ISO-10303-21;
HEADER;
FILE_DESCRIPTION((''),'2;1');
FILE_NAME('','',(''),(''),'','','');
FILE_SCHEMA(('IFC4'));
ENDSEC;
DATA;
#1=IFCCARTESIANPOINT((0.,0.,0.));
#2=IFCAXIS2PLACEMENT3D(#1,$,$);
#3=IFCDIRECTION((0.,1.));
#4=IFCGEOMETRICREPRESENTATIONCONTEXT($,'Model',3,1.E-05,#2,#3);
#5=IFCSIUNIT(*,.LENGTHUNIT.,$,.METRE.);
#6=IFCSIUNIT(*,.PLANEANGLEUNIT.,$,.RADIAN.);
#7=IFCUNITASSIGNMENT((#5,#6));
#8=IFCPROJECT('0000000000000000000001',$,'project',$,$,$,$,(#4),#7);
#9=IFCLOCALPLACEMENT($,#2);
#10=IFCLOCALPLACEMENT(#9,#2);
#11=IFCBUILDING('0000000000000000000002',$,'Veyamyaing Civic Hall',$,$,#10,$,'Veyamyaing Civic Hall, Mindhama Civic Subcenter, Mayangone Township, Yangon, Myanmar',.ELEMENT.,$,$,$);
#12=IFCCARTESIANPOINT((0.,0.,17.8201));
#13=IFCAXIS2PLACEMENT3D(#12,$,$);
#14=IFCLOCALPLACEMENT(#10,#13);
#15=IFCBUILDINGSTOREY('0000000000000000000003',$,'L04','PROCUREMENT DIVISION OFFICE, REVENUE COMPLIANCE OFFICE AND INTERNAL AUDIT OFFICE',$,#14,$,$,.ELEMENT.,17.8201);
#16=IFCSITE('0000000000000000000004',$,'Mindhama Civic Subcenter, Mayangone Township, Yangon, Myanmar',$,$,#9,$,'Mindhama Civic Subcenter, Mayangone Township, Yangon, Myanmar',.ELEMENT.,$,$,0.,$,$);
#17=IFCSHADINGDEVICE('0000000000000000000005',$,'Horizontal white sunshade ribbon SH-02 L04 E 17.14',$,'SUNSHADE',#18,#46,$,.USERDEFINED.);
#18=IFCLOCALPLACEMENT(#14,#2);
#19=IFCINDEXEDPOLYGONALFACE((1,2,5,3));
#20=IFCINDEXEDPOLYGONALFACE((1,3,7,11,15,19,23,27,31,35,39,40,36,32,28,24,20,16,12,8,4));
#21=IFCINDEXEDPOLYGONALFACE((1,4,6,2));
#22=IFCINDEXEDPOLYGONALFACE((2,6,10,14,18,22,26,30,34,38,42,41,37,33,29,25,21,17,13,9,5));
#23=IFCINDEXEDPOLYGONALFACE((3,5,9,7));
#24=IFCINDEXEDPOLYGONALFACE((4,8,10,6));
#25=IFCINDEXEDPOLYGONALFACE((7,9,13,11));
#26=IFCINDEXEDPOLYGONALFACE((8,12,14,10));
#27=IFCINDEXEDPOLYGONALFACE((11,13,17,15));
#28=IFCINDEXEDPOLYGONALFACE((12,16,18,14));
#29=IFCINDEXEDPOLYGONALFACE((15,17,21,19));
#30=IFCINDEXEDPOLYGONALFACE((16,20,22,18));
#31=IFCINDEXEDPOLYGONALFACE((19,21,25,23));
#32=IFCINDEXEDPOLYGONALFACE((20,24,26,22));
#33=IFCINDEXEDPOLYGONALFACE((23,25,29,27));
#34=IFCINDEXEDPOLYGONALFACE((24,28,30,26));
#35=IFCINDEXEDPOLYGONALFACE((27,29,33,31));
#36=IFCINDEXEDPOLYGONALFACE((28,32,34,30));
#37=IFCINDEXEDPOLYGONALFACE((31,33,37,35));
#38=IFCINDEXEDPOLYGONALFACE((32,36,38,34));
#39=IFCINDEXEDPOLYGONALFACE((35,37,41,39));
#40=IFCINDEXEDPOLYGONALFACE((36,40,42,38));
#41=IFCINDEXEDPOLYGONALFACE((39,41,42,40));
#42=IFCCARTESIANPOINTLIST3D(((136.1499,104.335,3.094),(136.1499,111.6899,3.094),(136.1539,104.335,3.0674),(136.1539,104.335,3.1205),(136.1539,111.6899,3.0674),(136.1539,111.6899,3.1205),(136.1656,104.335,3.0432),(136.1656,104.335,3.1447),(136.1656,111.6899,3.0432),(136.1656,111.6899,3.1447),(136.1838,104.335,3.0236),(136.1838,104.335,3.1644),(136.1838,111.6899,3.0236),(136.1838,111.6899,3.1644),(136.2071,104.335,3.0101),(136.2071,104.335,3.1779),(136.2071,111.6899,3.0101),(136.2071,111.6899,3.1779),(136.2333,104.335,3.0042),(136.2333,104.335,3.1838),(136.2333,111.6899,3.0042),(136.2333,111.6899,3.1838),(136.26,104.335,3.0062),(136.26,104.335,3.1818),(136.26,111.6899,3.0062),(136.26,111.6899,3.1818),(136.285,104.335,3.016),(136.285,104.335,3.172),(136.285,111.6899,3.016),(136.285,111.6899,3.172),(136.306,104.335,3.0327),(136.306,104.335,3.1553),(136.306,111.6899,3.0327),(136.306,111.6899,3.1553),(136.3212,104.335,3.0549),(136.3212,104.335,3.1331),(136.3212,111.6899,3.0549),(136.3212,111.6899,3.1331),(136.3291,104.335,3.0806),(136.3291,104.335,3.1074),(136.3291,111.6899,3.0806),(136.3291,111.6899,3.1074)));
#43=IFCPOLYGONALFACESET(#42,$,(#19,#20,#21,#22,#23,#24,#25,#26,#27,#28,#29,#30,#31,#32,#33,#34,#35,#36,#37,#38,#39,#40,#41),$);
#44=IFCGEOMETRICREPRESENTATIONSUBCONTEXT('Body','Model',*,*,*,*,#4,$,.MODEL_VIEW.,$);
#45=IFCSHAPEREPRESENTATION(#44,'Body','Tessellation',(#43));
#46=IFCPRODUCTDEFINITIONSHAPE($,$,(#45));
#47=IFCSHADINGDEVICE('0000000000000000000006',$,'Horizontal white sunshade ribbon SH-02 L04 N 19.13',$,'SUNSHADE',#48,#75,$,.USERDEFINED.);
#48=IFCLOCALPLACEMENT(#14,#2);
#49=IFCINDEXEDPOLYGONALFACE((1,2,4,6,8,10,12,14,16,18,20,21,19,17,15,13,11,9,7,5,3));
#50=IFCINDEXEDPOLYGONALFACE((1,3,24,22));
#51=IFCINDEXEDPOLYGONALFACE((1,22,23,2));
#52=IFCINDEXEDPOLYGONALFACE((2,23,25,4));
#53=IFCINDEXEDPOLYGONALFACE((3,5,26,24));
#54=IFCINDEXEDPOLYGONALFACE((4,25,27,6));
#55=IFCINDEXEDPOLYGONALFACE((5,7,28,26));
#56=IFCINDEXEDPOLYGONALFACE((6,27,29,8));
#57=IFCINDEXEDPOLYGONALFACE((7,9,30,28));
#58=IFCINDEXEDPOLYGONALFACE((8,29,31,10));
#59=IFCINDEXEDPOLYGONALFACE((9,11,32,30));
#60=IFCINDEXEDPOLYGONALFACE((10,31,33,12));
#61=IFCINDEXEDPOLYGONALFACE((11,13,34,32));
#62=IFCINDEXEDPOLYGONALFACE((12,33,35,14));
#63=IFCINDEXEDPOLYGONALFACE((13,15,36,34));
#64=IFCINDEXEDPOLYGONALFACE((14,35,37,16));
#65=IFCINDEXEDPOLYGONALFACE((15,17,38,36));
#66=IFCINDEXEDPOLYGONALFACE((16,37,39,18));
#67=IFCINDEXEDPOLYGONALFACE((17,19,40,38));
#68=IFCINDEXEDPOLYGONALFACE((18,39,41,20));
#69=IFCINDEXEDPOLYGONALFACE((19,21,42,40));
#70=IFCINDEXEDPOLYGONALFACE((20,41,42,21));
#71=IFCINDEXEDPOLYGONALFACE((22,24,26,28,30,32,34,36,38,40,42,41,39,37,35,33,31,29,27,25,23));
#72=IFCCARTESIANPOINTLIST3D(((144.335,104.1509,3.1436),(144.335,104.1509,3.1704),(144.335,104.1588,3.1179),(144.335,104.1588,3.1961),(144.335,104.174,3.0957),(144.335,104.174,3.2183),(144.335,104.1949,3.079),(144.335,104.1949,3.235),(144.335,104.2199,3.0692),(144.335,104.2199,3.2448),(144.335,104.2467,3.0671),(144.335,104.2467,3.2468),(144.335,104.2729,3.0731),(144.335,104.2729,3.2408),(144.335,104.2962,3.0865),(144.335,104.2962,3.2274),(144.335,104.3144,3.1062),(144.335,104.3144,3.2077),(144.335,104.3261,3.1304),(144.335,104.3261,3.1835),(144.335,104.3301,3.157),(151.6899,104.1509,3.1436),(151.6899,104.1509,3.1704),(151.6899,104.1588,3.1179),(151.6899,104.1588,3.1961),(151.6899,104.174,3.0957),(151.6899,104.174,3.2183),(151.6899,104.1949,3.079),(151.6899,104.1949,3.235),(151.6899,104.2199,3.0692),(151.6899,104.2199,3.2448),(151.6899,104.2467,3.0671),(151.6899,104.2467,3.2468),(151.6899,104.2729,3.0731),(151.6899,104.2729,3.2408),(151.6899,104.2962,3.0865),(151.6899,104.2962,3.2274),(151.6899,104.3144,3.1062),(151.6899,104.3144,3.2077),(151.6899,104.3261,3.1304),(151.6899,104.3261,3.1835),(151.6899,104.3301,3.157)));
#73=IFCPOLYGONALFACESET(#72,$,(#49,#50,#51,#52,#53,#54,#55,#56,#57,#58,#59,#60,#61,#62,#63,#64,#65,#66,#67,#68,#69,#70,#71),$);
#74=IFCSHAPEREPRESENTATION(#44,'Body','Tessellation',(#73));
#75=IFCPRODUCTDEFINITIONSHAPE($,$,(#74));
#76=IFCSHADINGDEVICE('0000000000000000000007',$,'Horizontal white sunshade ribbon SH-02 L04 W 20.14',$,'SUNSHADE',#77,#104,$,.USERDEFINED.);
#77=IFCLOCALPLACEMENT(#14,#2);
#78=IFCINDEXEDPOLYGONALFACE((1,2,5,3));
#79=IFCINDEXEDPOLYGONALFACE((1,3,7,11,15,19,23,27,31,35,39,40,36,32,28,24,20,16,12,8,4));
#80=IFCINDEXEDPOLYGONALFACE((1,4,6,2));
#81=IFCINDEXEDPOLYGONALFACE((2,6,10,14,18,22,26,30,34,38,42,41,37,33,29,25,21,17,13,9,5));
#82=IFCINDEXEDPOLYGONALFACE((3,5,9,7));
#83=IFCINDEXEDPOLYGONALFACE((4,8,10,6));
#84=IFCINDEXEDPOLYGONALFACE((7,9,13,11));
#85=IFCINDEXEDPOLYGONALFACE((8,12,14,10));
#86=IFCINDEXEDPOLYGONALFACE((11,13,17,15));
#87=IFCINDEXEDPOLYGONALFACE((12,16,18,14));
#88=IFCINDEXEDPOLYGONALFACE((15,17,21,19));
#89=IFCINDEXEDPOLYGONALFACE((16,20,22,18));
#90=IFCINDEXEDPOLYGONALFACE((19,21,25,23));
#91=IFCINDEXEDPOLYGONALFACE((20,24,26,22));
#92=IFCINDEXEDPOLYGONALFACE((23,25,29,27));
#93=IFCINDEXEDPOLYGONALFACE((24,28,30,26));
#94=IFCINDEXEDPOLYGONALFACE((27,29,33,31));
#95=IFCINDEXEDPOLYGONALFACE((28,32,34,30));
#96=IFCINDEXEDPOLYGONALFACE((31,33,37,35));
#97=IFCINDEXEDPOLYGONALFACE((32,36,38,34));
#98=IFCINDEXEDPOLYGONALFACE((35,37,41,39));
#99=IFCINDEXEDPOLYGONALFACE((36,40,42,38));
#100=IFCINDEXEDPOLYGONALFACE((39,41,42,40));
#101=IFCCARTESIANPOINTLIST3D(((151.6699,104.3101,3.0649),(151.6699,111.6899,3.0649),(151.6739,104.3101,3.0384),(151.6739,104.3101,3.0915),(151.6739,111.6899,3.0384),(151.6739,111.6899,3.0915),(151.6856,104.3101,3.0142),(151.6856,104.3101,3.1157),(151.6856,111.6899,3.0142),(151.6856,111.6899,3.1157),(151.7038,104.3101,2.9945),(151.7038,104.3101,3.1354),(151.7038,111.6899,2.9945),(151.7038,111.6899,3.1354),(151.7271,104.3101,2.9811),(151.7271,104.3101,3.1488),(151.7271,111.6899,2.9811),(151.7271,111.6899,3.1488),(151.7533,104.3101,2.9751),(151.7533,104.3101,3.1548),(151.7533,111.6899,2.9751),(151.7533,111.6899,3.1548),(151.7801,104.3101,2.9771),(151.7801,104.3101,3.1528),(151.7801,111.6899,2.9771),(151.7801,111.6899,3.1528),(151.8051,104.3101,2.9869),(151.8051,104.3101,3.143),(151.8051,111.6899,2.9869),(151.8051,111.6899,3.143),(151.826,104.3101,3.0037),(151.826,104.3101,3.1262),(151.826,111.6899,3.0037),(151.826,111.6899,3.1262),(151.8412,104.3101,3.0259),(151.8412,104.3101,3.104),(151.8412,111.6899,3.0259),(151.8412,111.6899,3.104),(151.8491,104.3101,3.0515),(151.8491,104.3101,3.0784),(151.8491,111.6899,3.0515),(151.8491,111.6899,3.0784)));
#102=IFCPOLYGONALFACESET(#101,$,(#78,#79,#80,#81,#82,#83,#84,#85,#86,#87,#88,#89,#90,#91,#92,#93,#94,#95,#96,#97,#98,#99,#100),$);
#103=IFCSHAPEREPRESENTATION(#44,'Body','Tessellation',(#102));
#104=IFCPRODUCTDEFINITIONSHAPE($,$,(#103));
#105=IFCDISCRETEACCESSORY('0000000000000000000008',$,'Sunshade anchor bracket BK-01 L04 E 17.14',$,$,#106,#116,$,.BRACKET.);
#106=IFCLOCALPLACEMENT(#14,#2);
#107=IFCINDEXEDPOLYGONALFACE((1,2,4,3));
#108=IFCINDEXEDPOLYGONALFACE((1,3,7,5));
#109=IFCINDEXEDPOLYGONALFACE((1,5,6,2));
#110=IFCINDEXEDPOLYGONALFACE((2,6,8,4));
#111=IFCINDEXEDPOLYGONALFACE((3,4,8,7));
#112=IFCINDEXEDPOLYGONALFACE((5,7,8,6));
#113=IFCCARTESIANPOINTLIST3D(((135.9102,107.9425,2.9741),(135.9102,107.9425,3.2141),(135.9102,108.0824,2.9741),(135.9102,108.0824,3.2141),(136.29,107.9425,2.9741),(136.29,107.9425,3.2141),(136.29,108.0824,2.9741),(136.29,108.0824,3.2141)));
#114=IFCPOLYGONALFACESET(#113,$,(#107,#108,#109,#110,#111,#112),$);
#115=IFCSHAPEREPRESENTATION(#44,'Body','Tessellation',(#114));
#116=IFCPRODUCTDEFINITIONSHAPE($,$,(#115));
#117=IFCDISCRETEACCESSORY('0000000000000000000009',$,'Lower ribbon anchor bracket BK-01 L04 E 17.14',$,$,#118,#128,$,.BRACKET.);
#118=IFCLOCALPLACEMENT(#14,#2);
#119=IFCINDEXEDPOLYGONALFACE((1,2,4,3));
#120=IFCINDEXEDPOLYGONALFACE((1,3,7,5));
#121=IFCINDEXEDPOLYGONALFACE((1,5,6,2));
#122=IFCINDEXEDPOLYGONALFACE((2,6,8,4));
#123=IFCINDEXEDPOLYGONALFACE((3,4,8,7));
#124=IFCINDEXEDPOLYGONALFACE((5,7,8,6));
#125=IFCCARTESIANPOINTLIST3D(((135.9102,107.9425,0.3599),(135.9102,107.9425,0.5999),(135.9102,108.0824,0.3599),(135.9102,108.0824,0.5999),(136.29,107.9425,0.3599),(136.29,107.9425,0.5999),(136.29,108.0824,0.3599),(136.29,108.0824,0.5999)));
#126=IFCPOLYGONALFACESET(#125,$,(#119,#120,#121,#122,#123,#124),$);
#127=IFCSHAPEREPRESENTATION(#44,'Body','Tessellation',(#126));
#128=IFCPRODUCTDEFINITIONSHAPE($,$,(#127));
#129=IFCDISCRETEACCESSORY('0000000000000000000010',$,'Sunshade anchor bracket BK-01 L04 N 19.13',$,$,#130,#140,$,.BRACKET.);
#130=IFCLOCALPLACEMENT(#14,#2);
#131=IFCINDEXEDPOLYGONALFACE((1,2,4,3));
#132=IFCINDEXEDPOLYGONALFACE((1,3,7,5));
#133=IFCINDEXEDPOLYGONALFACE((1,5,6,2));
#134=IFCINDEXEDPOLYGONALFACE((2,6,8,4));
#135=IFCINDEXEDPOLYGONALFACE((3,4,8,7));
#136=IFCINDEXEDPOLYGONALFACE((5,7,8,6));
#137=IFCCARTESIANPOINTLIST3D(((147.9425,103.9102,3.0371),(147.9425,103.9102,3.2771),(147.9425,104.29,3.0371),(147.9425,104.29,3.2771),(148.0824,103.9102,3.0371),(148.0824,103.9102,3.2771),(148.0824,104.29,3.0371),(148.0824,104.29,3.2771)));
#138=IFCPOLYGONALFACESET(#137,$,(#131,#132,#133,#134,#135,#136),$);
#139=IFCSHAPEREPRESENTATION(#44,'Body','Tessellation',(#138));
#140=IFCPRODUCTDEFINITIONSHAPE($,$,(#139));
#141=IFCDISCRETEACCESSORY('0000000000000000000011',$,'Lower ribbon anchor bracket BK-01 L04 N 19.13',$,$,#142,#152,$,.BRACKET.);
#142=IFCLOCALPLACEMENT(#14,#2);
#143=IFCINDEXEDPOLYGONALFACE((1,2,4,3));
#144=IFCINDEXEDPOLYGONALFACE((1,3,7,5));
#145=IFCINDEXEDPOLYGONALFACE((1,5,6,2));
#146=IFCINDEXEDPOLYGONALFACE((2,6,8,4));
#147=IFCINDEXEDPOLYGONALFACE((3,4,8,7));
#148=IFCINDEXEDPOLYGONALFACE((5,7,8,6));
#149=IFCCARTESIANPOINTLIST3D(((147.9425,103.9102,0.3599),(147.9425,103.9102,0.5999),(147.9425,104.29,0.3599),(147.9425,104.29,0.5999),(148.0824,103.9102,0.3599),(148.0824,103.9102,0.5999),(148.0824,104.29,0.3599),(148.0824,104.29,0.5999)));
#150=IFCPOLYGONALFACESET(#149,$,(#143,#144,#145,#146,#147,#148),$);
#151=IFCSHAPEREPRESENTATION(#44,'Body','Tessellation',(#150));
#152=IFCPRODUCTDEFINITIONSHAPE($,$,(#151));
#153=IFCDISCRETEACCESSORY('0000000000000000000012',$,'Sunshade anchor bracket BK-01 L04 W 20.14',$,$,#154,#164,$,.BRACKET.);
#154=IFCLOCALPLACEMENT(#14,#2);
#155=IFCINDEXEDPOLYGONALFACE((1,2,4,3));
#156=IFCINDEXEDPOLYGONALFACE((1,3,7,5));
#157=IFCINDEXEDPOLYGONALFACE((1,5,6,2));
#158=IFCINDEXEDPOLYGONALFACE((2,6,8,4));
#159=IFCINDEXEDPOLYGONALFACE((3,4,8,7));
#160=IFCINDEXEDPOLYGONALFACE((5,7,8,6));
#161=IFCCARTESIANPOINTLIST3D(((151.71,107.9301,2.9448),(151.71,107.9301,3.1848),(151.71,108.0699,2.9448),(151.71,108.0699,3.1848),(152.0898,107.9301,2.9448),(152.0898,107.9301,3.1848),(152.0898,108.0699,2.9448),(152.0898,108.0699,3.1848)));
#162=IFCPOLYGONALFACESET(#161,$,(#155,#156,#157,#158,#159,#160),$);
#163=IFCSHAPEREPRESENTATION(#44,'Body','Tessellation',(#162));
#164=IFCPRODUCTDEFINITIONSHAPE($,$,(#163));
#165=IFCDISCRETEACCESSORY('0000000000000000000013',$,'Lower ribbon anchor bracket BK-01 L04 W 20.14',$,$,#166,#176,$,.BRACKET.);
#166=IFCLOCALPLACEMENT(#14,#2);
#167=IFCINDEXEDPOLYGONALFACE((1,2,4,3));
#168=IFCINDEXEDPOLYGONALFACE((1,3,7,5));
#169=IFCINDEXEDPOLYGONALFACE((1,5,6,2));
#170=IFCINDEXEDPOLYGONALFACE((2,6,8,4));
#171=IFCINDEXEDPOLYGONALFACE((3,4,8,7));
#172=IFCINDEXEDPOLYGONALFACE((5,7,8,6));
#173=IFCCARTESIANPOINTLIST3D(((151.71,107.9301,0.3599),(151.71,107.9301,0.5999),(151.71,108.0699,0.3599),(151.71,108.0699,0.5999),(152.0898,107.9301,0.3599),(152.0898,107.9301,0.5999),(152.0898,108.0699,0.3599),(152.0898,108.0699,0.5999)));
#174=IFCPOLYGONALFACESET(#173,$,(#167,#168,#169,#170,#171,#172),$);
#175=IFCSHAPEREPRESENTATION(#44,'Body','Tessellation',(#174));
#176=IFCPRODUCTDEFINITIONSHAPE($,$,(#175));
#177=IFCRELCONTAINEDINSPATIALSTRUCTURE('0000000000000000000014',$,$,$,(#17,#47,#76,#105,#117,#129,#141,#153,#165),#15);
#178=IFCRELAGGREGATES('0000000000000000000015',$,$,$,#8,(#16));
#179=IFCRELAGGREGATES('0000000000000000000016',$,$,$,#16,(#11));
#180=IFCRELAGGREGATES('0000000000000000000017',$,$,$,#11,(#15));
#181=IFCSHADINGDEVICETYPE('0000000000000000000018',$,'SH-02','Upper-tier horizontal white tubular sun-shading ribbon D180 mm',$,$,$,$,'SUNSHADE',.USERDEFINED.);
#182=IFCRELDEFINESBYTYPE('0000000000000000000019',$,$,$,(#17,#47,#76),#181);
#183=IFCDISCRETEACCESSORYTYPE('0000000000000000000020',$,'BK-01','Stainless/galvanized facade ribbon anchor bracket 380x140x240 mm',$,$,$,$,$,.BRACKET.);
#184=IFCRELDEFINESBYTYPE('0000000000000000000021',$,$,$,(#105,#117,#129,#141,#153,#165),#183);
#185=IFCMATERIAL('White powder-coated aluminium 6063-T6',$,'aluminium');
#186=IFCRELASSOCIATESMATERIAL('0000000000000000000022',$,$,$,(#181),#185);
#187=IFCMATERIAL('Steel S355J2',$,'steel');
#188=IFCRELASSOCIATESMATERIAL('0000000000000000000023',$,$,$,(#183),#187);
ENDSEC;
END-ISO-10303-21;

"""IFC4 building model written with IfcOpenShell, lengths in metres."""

from ifc_helpers import new_model, si_unit, direction, frame, origin, origin_2d, place, context, subcontext, project, spatial, rectangle, circle, extrude, material, material_profile, profile_set, type_object, element, save


model = new_model("IFC4")

# Units and contexts
model_context = context("Model", 3, precision=1e-05, world=origin(), true_north=direction((0.0, 1.0)))
body_context = subcontext(model_context, "Body", "Model", "MODEL_VIEW")
ifc_project = project(units=[si_unit("LENGTHUNIT", "METRE"), si_unit("PLANEANGLEUNIT", "RADIAN")], contexts=[model_context])

# Site, building, storey
site_placement = place(None, origin())
site = spatial("IfcSite", under=ifc_project, at=site_placement, Name="Mindhama Civic Subcenter, Mayangone Township, Yangon, Myanmar", LongName="Mindhama Civic Subcenter, Mayangone Township, Yangon, Myanmar", CompositionType="ELEMENT", RefElevation=0.0)
building_placement = place(site_placement, origin())
building = spatial("IfcBuilding", under=site, at=building_placement, Name="Veyamyaing Civic Hall", LongName="Veyamyaing Civic Hall, Mindhama Civic Subcenter, Mayangone Township, Yangon, Myanmar", CompositionType="ELEMENT")
storey_placement = place(building_placement, frame((0.0, 0.0, 17.8201)))
storey = spatial("IfcBuildingStorey", under=building, at=storey_placement, Name="L04", Description="PROCUREMENT DIVISION OFFICE, REVENUE COMPLIANCE OFFICE AND INTERNAL AUDIT OFFICE", CompositionType="ELEMENT", Elevation=17.8201)

# Shared definitions
ifc_material_1 = material(Name="White powder-coated aluminium 6063-T6", Category="aluminium")

# Shading devices
ifc_material_profile_1 = material_profile(ifc_material_1, circle(Radius=0.0901, at=origin_2d()), Name="SHADE-TUBE-180")
ifc_profile_set_1 = profile_set([ifc_material_profile_1], Name="White powder-coated aluminium 6063-T6")
shading_device_type = type_object("IfcShadingDeviceType", Name="SH-02", Description="Upper-tier horizontal white tubular sun-shading ribbon D180 mm", ElementType="SUNSHADE", PredefinedType="USERDEFINED", material=ifc_profile_set_1)
for number, where, z_axis, x_axis, name in (
    (1, (136.24, 104.335, 3.094), (0.0, 1.0, 0.0), (-1.0, 0.0, 0.0), "Horizontal white sunshade ribbon SH-02 L04 E 17.14"),
    (2, (144.335, 104.24, 3.157), (1.0, 0.0, 0.0), (0.0, 1.0, 0.0), "Horizontal white sunshade ribbon SH-02 L04 N 19.13"),
):
    element("IfcShadingDevice", number, at=place(storey_placement, frame(where, z_axis=z_axis, x_axis=x_axis)), inside=storey, type_object=shading_device_type, Name=name, ObjectType="SUNSHADE", PredefinedType="USERDEFINED", context=body_context, shape_type="SweptSolid", body=[
        extrude(circle(Radius=0.0901, at=origin_2d()), origin(), (0.0, 0.0, 1.0), 7.355),
    ])
shading_device_placement = place(storey_placement, frame((151.76, 104.3101, 3.0649), z_axis=(0.0, 1.0, 0.0), x_axis=(-1.0, 0.0, 0.0)))
element("IfcShadingDevice", 3, at=shading_device_placement, inside=storey, type_object=shading_device_type, Name="Horizontal white sunshade ribbon SH-02 L04 W 20.14", ObjectType="SUNSHADE", PredefinedType="USERDEFINED", context=body_context, shape_type="SweptSolid", body=[
    extrude(circle(Radius=0.0901, at=origin_2d()), origin(), (0.0, 0.0, 1.0), 7.3799),
])

# Discrete accessories
ifc_material_2 = material(Name="Steel S355J2", Category="steel")
discrete_accessory_type = type_object("IfcDiscreteAccessoryType", Name="BK-01", Description="Stainless/galvanized facade ribbon anchor bracket 380x140x240 mm", PredefinedType="BRACKET", material=ifc_material_2)
for number, where, z_axis, x_axis, name in (
    (4, (136.1001, 108.0125, 2.9741), (0.0, 0.0, 1.0), (1.0, 0.0, 0.0), "Sunshade anchor bracket BK-01 L04 E 17.14"),
    (5, (136.1001, 108.0125, 0.3599), (0.0, 0.0, 1.0), (1.0, 0.0, 0.0), "Lower ribbon anchor bracket BK-01 L04 E 17.14"),
    (6, (148.0125, 104.1001, 3.0371), (0.0, 0.0, 1.0), (0.0, 1.0, 0.0), "Sunshade anchor bracket BK-01 L04 N 19.13"),
    (7, (148.0125, 104.1001, 0.3599), (0.0, 0.0, 1.0), (0.0, 1.0, 0.0), "Lower ribbon anchor bracket BK-01 L04 N 19.13"),
    (8, (151.8999, 108.0, 2.9448), (0.0, 0.0, 1.0), (-1.0, 0.0, 0.0), "Sunshade anchor bracket BK-01 L04 W 20.14"),
    (9, (151.8999, 108.0, 0.3599), (0.0, 0.0, 1.0), (-1.0, 0.0, 0.0), "Lower ribbon anchor bracket BK-01 L04 W 20.14"),
):
    element("IfcDiscreteAccessory", number, at=place(storey_placement, frame(where, z_axis=z_axis, x_axis=x_axis)), inside=storey, type_object=discrete_accessory_type, Name=name, PredefinedType="BRACKET", context=body_context, shape_type="SweptSolid", body=[
        extrude(rectangle(XDim=0.3799, YDim=0.1399, at=origin_2d()), origin(), (0.0, 0.0, 1.0), 0.24),
    ])

save(model, "model.ifc")
